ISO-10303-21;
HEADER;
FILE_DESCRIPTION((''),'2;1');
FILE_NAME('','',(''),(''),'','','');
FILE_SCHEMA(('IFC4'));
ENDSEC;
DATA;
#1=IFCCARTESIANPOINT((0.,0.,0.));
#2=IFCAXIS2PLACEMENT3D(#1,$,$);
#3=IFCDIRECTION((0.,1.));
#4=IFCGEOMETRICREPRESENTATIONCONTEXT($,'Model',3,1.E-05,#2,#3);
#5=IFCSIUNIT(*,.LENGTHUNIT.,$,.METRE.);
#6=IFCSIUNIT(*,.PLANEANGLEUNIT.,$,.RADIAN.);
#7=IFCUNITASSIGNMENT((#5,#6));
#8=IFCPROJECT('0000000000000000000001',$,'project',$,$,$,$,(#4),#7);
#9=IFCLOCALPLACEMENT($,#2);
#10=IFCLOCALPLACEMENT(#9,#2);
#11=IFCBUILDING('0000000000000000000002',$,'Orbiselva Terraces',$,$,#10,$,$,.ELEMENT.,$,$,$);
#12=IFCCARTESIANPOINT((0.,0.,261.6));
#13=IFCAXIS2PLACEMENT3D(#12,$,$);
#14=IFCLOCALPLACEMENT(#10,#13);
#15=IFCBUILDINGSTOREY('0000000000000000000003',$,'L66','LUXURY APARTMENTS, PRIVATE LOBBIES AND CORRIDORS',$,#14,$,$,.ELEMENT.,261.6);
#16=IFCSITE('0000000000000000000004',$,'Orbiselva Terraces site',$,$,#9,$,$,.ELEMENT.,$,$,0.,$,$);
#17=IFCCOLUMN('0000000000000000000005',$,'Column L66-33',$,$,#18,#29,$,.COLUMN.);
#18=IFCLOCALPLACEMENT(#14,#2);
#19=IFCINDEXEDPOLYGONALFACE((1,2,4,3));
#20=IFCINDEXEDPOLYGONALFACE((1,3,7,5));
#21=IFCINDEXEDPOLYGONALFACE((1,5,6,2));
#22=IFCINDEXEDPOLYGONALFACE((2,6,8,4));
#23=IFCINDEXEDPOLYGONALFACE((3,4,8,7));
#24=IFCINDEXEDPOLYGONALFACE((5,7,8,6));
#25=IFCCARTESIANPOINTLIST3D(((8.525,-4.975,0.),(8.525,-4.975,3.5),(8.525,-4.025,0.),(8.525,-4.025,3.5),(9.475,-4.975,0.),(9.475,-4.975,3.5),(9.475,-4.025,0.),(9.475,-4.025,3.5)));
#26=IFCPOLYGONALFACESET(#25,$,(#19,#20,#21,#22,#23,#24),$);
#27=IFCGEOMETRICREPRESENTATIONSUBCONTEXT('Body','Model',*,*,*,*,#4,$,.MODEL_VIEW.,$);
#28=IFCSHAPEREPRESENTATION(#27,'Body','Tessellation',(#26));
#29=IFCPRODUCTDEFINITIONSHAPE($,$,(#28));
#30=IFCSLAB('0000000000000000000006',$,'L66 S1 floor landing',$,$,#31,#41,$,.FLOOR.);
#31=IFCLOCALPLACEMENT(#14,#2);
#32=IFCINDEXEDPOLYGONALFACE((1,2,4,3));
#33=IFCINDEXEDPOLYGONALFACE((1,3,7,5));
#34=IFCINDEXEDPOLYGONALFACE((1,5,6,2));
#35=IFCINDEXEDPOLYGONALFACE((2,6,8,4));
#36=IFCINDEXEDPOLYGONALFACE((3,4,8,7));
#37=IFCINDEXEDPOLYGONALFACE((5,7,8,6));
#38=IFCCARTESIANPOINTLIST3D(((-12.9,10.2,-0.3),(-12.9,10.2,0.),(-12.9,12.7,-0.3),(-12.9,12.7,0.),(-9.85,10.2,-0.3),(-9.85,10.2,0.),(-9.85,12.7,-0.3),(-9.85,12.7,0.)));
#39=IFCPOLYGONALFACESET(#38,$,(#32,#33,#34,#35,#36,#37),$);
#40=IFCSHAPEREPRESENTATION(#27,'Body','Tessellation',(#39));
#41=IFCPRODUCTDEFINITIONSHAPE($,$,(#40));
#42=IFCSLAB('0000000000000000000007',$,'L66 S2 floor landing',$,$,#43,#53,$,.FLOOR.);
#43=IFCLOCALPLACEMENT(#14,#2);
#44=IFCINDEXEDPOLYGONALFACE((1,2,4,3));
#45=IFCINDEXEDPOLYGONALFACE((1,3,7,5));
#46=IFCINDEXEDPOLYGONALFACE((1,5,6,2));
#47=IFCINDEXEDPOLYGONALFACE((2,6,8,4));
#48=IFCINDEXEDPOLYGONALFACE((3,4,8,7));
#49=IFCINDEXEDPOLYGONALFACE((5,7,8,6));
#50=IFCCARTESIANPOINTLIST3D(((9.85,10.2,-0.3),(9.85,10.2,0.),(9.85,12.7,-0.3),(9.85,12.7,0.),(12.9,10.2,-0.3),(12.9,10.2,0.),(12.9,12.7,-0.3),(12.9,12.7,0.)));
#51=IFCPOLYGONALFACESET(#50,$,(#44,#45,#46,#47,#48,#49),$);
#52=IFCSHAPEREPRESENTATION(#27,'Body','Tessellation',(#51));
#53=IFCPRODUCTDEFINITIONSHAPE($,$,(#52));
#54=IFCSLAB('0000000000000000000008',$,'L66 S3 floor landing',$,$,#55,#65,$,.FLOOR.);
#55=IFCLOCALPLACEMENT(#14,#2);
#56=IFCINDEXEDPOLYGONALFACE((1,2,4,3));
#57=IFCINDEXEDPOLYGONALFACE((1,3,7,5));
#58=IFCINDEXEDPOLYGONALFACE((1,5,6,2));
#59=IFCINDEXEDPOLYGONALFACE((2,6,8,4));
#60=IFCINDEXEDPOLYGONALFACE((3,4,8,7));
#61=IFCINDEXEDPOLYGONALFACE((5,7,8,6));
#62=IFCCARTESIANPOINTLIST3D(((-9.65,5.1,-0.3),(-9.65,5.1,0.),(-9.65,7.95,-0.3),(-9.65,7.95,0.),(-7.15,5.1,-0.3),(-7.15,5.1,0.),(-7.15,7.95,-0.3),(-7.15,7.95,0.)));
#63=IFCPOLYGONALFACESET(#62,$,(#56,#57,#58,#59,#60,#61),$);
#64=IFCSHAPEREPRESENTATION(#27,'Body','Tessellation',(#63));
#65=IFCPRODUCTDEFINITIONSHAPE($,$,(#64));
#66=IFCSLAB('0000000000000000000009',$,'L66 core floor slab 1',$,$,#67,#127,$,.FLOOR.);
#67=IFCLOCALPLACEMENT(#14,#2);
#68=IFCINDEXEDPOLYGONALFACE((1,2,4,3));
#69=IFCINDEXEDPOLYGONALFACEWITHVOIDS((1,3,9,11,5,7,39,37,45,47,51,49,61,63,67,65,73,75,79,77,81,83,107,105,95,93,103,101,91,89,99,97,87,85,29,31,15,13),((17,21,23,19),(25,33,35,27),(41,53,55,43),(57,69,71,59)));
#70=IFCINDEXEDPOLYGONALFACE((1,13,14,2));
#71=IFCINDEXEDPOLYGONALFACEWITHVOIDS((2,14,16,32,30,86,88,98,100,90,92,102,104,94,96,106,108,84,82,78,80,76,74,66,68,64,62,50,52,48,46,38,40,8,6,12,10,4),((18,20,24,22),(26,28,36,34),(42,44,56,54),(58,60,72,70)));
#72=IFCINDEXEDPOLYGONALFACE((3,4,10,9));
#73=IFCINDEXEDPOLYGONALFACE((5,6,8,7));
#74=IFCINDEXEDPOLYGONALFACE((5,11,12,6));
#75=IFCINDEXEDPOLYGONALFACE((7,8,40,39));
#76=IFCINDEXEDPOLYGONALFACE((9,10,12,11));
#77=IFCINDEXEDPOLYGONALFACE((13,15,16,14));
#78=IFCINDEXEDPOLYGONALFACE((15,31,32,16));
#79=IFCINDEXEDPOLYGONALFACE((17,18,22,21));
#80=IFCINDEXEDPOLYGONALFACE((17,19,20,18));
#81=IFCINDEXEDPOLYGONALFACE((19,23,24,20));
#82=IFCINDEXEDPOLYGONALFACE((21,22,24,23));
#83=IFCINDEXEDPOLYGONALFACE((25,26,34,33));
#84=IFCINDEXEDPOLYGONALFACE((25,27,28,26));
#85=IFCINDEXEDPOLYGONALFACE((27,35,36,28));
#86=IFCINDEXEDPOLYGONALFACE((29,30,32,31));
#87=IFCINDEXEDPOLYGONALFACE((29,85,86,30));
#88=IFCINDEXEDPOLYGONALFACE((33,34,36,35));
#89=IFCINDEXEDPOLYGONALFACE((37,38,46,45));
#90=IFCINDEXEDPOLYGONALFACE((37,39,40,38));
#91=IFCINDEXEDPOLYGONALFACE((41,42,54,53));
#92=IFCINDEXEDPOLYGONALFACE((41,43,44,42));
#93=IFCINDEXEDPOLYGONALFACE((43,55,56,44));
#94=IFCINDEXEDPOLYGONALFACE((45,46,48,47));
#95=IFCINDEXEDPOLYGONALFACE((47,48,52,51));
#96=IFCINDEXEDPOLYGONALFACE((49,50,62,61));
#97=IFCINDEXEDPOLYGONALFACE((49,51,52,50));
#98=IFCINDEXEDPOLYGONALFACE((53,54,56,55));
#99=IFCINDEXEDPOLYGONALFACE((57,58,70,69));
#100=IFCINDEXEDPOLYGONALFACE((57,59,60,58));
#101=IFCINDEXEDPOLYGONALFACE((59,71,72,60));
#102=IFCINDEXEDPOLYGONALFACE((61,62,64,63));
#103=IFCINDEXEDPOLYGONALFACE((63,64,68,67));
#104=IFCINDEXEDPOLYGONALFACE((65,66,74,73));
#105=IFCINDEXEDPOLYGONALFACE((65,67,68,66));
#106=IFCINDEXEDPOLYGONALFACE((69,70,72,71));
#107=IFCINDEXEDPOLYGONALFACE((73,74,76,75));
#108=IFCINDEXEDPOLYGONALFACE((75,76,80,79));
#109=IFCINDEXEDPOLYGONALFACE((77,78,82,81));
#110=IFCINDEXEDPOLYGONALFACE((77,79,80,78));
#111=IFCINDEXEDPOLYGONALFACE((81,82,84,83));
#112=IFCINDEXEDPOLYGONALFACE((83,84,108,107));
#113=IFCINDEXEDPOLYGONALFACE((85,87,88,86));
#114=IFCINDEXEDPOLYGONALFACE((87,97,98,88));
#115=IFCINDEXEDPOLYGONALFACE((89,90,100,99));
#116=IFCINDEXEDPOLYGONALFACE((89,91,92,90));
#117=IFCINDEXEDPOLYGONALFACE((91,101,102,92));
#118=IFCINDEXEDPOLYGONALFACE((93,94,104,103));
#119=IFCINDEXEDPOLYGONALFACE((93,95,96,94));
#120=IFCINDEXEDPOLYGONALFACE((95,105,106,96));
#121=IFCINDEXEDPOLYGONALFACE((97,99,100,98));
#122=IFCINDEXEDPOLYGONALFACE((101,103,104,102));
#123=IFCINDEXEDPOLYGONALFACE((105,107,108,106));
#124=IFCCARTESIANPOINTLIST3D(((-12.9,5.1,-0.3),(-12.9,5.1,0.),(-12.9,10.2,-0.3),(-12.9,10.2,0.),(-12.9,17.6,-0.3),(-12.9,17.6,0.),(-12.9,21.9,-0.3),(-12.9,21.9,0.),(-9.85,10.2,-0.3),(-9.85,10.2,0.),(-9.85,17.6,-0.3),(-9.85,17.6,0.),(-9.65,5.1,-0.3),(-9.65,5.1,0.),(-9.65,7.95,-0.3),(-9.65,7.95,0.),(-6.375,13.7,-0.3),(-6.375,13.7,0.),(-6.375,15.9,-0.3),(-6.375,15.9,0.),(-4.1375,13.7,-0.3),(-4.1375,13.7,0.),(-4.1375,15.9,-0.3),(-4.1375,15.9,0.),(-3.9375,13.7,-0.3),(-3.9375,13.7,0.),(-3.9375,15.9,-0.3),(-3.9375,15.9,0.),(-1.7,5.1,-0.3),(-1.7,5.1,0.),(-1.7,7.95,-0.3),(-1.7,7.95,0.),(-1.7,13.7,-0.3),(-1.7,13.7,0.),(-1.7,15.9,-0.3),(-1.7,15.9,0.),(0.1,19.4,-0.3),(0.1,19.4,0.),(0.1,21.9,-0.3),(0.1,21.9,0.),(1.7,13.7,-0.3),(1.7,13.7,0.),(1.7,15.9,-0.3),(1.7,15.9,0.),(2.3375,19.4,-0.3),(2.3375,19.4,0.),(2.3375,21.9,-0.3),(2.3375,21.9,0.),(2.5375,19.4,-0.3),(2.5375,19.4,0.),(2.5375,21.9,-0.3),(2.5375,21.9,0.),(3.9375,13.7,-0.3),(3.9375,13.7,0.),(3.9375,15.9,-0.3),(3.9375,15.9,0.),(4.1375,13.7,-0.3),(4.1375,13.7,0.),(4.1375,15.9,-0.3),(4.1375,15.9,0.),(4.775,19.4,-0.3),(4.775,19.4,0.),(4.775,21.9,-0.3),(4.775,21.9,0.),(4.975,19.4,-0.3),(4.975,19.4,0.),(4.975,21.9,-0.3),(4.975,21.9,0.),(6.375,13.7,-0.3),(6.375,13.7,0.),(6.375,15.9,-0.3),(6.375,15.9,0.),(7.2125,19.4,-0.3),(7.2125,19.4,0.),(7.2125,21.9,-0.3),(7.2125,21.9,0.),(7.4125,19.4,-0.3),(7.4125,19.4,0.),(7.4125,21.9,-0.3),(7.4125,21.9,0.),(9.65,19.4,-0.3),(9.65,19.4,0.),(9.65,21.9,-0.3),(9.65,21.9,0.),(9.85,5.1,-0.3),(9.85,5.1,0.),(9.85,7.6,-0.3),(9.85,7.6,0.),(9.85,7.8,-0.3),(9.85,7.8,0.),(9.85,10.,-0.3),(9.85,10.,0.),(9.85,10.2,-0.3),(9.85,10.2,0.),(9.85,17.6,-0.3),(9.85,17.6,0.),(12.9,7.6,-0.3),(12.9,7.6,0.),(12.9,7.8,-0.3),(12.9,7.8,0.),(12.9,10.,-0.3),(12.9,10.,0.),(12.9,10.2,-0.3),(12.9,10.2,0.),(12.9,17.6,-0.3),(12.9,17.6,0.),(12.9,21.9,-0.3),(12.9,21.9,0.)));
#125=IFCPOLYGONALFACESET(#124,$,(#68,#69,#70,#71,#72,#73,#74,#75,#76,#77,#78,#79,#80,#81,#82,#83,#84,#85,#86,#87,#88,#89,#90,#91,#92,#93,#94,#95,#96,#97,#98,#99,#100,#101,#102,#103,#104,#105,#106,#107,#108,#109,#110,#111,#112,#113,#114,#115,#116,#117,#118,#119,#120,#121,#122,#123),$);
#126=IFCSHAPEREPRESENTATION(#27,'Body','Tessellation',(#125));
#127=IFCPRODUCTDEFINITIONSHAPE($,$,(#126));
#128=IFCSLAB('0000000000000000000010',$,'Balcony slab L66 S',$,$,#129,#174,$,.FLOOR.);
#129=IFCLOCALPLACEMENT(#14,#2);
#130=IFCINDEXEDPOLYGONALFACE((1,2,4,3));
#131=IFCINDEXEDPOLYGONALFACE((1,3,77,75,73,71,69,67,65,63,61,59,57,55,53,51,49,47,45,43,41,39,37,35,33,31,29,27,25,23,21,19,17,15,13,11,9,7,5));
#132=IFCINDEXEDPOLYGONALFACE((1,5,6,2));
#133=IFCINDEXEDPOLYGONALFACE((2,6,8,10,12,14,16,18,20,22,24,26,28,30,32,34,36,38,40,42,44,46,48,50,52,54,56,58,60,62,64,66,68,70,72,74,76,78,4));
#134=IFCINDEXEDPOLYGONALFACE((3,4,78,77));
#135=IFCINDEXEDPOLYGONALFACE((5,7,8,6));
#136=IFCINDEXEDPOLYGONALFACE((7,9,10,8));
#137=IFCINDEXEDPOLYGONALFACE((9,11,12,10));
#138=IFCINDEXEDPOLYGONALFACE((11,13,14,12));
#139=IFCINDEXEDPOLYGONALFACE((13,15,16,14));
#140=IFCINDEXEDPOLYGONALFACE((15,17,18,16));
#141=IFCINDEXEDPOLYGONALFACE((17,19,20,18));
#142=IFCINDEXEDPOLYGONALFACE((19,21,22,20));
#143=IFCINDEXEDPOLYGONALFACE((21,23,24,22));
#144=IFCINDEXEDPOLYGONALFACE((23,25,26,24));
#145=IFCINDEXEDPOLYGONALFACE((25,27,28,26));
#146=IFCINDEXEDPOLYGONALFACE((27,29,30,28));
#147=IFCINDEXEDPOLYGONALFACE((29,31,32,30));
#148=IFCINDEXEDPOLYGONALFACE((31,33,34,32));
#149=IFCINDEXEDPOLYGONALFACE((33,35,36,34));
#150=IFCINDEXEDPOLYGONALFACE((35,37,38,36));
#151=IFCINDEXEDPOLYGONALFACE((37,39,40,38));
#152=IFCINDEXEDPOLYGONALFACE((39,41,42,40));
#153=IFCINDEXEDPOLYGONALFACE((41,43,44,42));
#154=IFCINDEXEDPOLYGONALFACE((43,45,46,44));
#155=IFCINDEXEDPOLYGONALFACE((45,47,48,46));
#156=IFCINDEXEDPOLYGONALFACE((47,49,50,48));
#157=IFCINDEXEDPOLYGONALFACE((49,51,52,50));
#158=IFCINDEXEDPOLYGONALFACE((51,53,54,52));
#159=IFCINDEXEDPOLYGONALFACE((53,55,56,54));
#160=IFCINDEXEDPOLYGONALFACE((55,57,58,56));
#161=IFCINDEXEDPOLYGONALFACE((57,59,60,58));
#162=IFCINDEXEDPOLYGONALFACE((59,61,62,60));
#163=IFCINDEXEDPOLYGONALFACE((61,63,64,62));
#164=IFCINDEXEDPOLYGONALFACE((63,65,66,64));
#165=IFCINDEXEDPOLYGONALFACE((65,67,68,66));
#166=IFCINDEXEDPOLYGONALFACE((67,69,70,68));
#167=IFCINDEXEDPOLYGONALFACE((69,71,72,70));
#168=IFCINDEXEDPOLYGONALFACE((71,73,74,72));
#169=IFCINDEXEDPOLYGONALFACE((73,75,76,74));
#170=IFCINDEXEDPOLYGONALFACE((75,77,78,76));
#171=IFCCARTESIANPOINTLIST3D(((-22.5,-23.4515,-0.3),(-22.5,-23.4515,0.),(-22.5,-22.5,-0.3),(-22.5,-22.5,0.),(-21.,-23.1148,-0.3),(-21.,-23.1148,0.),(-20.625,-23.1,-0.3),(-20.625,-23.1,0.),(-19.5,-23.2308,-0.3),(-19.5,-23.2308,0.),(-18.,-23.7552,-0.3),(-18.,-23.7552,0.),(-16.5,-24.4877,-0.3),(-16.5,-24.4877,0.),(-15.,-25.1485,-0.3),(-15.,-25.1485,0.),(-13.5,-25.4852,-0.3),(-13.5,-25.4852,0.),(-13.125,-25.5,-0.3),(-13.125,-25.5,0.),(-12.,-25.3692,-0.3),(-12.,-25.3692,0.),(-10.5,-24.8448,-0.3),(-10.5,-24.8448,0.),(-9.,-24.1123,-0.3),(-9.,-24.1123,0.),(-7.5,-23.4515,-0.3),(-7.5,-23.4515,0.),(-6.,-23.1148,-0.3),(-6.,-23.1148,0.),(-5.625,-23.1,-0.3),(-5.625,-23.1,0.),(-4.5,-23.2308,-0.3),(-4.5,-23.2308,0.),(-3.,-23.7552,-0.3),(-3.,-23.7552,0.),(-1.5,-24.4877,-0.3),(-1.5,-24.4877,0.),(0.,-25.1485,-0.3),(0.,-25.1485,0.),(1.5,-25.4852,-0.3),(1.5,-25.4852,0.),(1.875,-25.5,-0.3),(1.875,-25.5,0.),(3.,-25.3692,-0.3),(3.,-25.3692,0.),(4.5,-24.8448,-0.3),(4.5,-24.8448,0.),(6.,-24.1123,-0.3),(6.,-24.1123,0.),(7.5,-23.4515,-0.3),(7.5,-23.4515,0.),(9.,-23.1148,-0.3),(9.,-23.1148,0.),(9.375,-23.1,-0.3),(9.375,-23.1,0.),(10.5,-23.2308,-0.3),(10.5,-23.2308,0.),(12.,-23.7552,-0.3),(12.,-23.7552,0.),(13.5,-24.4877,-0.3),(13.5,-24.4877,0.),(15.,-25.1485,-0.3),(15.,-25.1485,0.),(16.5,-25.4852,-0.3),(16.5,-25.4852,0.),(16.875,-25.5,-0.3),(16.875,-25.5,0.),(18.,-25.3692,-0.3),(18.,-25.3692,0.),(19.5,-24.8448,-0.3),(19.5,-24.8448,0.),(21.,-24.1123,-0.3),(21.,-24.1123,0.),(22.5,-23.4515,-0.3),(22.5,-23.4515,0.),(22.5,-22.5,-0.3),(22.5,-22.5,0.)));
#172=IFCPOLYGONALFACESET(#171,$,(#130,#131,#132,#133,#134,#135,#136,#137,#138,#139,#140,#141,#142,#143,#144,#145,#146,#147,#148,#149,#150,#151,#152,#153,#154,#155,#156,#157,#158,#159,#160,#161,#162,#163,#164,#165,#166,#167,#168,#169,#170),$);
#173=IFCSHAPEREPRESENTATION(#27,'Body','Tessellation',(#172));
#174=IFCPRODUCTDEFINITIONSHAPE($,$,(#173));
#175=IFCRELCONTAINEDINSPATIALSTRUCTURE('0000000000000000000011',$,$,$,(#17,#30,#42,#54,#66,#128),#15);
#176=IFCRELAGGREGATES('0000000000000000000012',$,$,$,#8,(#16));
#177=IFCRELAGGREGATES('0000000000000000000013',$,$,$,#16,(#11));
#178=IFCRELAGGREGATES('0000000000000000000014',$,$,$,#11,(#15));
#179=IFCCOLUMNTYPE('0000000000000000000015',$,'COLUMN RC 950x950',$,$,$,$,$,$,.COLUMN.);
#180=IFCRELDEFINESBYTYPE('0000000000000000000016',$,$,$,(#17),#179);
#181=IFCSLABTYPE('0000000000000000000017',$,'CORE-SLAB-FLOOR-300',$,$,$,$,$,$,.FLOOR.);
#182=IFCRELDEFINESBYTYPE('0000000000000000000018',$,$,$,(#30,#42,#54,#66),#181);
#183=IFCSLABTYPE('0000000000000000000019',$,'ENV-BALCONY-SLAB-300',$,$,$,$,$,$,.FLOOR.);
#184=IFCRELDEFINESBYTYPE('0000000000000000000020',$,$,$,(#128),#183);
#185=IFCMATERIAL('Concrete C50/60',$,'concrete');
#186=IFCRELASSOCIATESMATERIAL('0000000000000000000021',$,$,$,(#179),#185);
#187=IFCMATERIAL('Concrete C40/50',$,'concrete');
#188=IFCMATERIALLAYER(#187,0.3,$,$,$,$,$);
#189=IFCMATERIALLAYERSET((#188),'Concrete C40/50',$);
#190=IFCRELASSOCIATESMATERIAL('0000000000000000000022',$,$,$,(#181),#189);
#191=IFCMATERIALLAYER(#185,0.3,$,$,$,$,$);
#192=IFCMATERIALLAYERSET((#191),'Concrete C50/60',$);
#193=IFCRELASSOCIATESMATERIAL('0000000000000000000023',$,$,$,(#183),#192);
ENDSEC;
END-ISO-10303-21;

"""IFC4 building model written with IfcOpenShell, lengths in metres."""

from ifc_helpers import new_model, si_unit, direction, frame, origin, origin_2d, place, context, subcontext, project, spatial, polyline, rectangle, outline, extrude, material, layer, layer_set, material_profile, profile_set, type_object, element, save


model = new_model("IFC4")

# Units and contexts
model_context = context("Model", 3, precision=1e-05, world=origin(), true_north=direction((0.0, 1.0)))
body_context = subcontext(model_context, "Body", "Model", "MODEL_VIEW")
ifc_project = project(units=[si_unit("LENGTHUNIT", "METRE"), si_unit("PLANEANGLEUNIT", "RADIAN")], contexts=[model_context])

# Site, building, storey
site_placement = place(None, origin())
site = spatial("IfcSite", under=ifc_project, at=site_placement, Name="Orbiselva Terraces site", CompositionType="ELEMENT", RefElevation=0.0)
building_placement = place(site_placement, origin())
building = spatial("IfcBuilding", under=site, at=building_placement, Name="Orbiselva Terraces", CompositionType="ELEMENT")
storey_placement = place(building_placement, frame((0.0, 0.0, 261.6)))
storey = spatial("IfcBuildingStorey", under=building, at=storey_placement, Name="L66", Description="LUXURY APARTMENTS, PRIVATE LOBBIES AND CORRIDORS", CompositionType="ELEMENT", Elevation=261.6)

# Column
ifc_material_1 = material(Name="Concrete C50/60", Category="concrete")
ifc_material_profile = material_profile(ifc_material_1, rectangle(XDim=0.95, YDim=0.95, at=origin_2d()), Name="RC 950x950")
ifc_profile_set = profile_set([ifc_material_profile], Name="Concrete C50/60")
column_type = type_object("IfcColumnType", Name="COLUMN RC 950x950", PredefinedType="COLUMN", material=ifc_profile_set)
column_placement = place(storey_placement, frame((9.0, -4.5, 0.0), z_axis=(0.0, 0.0, 1.0), x_axis=(1.0, 0.0, 0.0)))
element("IfcColumn", 1, at=column_placement, inside=storey, type_object=column_type, Name="Column L66-33", PredefinedType="COLUMN", context=body_context, shape_type="SweptSolid", body=[
    extrude(rectangle(XDim=0.95, YDim=0.95, at=origin_2d()), origin(), (0.0, 0.0, 1.0), 3.5),
])

# Slabs
ifc_material_2 = material(Name="Concrete C40/50", Category="concrete")
ifc_layer_1 = layer(ifc_material_2, 0.3)
ifc_layer_set_1 = layer_set([ifc_layer_1], Name="Concrete C40/50")
slab_type_1 = type_object("IfcSlabType", Name="CORE-SLAB-FLOOR-300", PredefinedType="FLOOR", material=ifc_layer_set_1)
slab_1_placement = place(storey_placement, frame((0.0, 0.0, -0.3)))
element("IfcSlab", 2, at=slab_1_placement, inside=storey, type_object=slab_type_1, Name="L66 S1 floor landing", PredefinedType="FLOOR", context=body_context, shape_type="SweptSolid", body=[
    extrude(outline(polyline([(-12.9, 12.7), (-9.85, 12.7), (-9.85, 10.2), (-12.9, 10.2), (-12.9, 12.7)])), origin(), (0.0, 0.0, 1.0), 0.3),
])
slab_2_placement = place(storey_placement, frame((0.0, 0.0, -0.3)))
element("IfcSlab", 3, at=slab_2_placement, inside=storey, type_object=slab_type_1, Name="L66 S2 floor landing", PredefinedType="FLOOR", context=body_context, shape_type="SweptSolid", body=[
    extrude(outline(polyline([(12.9, 12.7), (12.9, 10.2), (9.85, 10.2), (9.85, 12.7), (12.9, 12.7)])), origin(), (0.0, 0.0, 1.0), 0.3),
])
slab_3_placement = place(storey_placement, frame((0.0, 0.0, -0.3)))
element("IfcSlab", 4, at=slab_3_placement, inside=storey, type_object=slab_type_1, Name="L66 S3 floor landing", PredefinedType="FLOOR", context=body_context, shape_type="SweptSolid", body=[
    extrude(outline(polyline([(-7.15, 5.1), (-9.65, 5.1), (-9.65, 7.95), (-7.15, 7.95), (-7.15, 5.1)])), origin(), (0.0, 0.0, 1.0), 0.3),
])
slab_4_placement = place(storey_placement, frame((0.0, 0.0, -0.3)))
element("IfcSlab", 5, at=slab_4_placement, inside=storey, type_object=slab_type_1, Name="L66 core floor slab 1", PredefinedType="FLOOR", context=body_context, shape_type="SweptSolid", body=[
    extrude(outline(polyline([(-1.7, 5.1), (-1.7, 7.95), (-9.65, 7.95), (-9.65, 5.1), (-12.9, 5.1), (-12.9, 10.2), (-9.85, 10.2), (-9.85, 17.6), (-12.9, 17.6), (-12.9, 21.9), (0.1, 21.9), (0.1, 19.4), (2.3375, 19.4), (2.3375, 21.9), (2.5375, 21.9), (2.5375, 19.4), (4.775, 19.4), (4.775, 21.9), (4.975, 21.9), (4.975, 19.4), (7.2125, 19.4), (7.2125, 21.9), (7.4125, 21.9), (7.4125, 19.4), (9.65, 19.4), (9.65, 21.9), (12.9, 21.9), (12.9, 17.6), (9.85, 17.6), (9.85, 10.2), (12.9, 10.2), (12.9, 10.0), (9.85, 10.0), (9.85, 7.8), (12.9, 7.8), (12.9, 7.6), (9.85, 7.6), (9.85, 5.1), (-1.7, 5.1)]), holes=[polyline([(-4.1375, 13.7), (-4.1375, 15.9), (-6.375, 15.9), (-6.375, 13.7), (-4.1375, 13.7)]), polyline([(-1.7, 13.7), (-1.7, 15.9), (-3.9375, 15.9), (-3.9375, 13.7), (-1.7, 13.7)]), polyline([(3.9375, 15.9), (1.7, 15.9), (1.7, 13.7), (3.9375, 13.7), (3.9375, 15.9)]), polyline([(6.375, 13.7), (6.375, 15.9), (4.1375, 15.9), (4.1375, 13.7), (6.375, 13.7)])]), origin(), (0.0, 0.0, 1.0), 0.3),
])
ifc_layer_2 = layer(ifc_material_1, 0.3)
ifc_layer_set_2 = layer_set([ifc_layer_2], Name="Concrete C50/60")
slab_type_2 = type_object("IfcSlabType", Name="ENV-BALCONY-SLAB-300", PredefinedType="FLOOR", material=ifc_layer_set_2)
slab_5_placement = place(storey_placement, frame((0.0, 0.0, -0.3)))
element("IfcSlab", 6, at=slab_5_placement, inside=storey, type_object=slab_type_2, Name="Balcony slab L66 S", PredefinedType="FLOOR", context=body_context, shape_type="SweptSolid", body=[
    extrude(outline(polyline([(-22.5, -23.4515), (-21.0, -23.1148), (-20.625, -23.1), (-19.5, -23.2308), (-18.0, -23.7552), (-16.5, -24.4877), (-15.0, -25.1485), (-13.5, -25.4852), (-13.125, -25.5), (-12.0, -25.3692), (-10.5, -24.8448), (-9.0, -24.1123), (-7.5, -23.4515), (-6.0, -23.1148), (-5.625, -23.1), (-4.5, -23.2308), (-3.0, -23.7552), (-1.5, -24.4877), (0.0, -25.1485), (1.5, -25.4852), (1.875, -25.5), (3.0, -25.3692), (4.5, -24.8448), (6.0, -24.1123), (7.5, -23.4515), (9.0, -23.1148), (9.375, -23.1), (10.5, -23.2308), (12.0, -23.7552), (13.5, -24.4877), (15.0, -25.1485), (16.5, -25.4852), (16.875, -25.5), (18.0, -25.3692), (19.5, -24.8448), (21.0, -24.1123), (22.5, -23.4515), (22.5, -22.5), (-22.5, -22.5), (-22.5, -23.4515)])), origin(), (0.0, 0.0, 1.0), 0.3),
])

save(model, "model.ifc")
